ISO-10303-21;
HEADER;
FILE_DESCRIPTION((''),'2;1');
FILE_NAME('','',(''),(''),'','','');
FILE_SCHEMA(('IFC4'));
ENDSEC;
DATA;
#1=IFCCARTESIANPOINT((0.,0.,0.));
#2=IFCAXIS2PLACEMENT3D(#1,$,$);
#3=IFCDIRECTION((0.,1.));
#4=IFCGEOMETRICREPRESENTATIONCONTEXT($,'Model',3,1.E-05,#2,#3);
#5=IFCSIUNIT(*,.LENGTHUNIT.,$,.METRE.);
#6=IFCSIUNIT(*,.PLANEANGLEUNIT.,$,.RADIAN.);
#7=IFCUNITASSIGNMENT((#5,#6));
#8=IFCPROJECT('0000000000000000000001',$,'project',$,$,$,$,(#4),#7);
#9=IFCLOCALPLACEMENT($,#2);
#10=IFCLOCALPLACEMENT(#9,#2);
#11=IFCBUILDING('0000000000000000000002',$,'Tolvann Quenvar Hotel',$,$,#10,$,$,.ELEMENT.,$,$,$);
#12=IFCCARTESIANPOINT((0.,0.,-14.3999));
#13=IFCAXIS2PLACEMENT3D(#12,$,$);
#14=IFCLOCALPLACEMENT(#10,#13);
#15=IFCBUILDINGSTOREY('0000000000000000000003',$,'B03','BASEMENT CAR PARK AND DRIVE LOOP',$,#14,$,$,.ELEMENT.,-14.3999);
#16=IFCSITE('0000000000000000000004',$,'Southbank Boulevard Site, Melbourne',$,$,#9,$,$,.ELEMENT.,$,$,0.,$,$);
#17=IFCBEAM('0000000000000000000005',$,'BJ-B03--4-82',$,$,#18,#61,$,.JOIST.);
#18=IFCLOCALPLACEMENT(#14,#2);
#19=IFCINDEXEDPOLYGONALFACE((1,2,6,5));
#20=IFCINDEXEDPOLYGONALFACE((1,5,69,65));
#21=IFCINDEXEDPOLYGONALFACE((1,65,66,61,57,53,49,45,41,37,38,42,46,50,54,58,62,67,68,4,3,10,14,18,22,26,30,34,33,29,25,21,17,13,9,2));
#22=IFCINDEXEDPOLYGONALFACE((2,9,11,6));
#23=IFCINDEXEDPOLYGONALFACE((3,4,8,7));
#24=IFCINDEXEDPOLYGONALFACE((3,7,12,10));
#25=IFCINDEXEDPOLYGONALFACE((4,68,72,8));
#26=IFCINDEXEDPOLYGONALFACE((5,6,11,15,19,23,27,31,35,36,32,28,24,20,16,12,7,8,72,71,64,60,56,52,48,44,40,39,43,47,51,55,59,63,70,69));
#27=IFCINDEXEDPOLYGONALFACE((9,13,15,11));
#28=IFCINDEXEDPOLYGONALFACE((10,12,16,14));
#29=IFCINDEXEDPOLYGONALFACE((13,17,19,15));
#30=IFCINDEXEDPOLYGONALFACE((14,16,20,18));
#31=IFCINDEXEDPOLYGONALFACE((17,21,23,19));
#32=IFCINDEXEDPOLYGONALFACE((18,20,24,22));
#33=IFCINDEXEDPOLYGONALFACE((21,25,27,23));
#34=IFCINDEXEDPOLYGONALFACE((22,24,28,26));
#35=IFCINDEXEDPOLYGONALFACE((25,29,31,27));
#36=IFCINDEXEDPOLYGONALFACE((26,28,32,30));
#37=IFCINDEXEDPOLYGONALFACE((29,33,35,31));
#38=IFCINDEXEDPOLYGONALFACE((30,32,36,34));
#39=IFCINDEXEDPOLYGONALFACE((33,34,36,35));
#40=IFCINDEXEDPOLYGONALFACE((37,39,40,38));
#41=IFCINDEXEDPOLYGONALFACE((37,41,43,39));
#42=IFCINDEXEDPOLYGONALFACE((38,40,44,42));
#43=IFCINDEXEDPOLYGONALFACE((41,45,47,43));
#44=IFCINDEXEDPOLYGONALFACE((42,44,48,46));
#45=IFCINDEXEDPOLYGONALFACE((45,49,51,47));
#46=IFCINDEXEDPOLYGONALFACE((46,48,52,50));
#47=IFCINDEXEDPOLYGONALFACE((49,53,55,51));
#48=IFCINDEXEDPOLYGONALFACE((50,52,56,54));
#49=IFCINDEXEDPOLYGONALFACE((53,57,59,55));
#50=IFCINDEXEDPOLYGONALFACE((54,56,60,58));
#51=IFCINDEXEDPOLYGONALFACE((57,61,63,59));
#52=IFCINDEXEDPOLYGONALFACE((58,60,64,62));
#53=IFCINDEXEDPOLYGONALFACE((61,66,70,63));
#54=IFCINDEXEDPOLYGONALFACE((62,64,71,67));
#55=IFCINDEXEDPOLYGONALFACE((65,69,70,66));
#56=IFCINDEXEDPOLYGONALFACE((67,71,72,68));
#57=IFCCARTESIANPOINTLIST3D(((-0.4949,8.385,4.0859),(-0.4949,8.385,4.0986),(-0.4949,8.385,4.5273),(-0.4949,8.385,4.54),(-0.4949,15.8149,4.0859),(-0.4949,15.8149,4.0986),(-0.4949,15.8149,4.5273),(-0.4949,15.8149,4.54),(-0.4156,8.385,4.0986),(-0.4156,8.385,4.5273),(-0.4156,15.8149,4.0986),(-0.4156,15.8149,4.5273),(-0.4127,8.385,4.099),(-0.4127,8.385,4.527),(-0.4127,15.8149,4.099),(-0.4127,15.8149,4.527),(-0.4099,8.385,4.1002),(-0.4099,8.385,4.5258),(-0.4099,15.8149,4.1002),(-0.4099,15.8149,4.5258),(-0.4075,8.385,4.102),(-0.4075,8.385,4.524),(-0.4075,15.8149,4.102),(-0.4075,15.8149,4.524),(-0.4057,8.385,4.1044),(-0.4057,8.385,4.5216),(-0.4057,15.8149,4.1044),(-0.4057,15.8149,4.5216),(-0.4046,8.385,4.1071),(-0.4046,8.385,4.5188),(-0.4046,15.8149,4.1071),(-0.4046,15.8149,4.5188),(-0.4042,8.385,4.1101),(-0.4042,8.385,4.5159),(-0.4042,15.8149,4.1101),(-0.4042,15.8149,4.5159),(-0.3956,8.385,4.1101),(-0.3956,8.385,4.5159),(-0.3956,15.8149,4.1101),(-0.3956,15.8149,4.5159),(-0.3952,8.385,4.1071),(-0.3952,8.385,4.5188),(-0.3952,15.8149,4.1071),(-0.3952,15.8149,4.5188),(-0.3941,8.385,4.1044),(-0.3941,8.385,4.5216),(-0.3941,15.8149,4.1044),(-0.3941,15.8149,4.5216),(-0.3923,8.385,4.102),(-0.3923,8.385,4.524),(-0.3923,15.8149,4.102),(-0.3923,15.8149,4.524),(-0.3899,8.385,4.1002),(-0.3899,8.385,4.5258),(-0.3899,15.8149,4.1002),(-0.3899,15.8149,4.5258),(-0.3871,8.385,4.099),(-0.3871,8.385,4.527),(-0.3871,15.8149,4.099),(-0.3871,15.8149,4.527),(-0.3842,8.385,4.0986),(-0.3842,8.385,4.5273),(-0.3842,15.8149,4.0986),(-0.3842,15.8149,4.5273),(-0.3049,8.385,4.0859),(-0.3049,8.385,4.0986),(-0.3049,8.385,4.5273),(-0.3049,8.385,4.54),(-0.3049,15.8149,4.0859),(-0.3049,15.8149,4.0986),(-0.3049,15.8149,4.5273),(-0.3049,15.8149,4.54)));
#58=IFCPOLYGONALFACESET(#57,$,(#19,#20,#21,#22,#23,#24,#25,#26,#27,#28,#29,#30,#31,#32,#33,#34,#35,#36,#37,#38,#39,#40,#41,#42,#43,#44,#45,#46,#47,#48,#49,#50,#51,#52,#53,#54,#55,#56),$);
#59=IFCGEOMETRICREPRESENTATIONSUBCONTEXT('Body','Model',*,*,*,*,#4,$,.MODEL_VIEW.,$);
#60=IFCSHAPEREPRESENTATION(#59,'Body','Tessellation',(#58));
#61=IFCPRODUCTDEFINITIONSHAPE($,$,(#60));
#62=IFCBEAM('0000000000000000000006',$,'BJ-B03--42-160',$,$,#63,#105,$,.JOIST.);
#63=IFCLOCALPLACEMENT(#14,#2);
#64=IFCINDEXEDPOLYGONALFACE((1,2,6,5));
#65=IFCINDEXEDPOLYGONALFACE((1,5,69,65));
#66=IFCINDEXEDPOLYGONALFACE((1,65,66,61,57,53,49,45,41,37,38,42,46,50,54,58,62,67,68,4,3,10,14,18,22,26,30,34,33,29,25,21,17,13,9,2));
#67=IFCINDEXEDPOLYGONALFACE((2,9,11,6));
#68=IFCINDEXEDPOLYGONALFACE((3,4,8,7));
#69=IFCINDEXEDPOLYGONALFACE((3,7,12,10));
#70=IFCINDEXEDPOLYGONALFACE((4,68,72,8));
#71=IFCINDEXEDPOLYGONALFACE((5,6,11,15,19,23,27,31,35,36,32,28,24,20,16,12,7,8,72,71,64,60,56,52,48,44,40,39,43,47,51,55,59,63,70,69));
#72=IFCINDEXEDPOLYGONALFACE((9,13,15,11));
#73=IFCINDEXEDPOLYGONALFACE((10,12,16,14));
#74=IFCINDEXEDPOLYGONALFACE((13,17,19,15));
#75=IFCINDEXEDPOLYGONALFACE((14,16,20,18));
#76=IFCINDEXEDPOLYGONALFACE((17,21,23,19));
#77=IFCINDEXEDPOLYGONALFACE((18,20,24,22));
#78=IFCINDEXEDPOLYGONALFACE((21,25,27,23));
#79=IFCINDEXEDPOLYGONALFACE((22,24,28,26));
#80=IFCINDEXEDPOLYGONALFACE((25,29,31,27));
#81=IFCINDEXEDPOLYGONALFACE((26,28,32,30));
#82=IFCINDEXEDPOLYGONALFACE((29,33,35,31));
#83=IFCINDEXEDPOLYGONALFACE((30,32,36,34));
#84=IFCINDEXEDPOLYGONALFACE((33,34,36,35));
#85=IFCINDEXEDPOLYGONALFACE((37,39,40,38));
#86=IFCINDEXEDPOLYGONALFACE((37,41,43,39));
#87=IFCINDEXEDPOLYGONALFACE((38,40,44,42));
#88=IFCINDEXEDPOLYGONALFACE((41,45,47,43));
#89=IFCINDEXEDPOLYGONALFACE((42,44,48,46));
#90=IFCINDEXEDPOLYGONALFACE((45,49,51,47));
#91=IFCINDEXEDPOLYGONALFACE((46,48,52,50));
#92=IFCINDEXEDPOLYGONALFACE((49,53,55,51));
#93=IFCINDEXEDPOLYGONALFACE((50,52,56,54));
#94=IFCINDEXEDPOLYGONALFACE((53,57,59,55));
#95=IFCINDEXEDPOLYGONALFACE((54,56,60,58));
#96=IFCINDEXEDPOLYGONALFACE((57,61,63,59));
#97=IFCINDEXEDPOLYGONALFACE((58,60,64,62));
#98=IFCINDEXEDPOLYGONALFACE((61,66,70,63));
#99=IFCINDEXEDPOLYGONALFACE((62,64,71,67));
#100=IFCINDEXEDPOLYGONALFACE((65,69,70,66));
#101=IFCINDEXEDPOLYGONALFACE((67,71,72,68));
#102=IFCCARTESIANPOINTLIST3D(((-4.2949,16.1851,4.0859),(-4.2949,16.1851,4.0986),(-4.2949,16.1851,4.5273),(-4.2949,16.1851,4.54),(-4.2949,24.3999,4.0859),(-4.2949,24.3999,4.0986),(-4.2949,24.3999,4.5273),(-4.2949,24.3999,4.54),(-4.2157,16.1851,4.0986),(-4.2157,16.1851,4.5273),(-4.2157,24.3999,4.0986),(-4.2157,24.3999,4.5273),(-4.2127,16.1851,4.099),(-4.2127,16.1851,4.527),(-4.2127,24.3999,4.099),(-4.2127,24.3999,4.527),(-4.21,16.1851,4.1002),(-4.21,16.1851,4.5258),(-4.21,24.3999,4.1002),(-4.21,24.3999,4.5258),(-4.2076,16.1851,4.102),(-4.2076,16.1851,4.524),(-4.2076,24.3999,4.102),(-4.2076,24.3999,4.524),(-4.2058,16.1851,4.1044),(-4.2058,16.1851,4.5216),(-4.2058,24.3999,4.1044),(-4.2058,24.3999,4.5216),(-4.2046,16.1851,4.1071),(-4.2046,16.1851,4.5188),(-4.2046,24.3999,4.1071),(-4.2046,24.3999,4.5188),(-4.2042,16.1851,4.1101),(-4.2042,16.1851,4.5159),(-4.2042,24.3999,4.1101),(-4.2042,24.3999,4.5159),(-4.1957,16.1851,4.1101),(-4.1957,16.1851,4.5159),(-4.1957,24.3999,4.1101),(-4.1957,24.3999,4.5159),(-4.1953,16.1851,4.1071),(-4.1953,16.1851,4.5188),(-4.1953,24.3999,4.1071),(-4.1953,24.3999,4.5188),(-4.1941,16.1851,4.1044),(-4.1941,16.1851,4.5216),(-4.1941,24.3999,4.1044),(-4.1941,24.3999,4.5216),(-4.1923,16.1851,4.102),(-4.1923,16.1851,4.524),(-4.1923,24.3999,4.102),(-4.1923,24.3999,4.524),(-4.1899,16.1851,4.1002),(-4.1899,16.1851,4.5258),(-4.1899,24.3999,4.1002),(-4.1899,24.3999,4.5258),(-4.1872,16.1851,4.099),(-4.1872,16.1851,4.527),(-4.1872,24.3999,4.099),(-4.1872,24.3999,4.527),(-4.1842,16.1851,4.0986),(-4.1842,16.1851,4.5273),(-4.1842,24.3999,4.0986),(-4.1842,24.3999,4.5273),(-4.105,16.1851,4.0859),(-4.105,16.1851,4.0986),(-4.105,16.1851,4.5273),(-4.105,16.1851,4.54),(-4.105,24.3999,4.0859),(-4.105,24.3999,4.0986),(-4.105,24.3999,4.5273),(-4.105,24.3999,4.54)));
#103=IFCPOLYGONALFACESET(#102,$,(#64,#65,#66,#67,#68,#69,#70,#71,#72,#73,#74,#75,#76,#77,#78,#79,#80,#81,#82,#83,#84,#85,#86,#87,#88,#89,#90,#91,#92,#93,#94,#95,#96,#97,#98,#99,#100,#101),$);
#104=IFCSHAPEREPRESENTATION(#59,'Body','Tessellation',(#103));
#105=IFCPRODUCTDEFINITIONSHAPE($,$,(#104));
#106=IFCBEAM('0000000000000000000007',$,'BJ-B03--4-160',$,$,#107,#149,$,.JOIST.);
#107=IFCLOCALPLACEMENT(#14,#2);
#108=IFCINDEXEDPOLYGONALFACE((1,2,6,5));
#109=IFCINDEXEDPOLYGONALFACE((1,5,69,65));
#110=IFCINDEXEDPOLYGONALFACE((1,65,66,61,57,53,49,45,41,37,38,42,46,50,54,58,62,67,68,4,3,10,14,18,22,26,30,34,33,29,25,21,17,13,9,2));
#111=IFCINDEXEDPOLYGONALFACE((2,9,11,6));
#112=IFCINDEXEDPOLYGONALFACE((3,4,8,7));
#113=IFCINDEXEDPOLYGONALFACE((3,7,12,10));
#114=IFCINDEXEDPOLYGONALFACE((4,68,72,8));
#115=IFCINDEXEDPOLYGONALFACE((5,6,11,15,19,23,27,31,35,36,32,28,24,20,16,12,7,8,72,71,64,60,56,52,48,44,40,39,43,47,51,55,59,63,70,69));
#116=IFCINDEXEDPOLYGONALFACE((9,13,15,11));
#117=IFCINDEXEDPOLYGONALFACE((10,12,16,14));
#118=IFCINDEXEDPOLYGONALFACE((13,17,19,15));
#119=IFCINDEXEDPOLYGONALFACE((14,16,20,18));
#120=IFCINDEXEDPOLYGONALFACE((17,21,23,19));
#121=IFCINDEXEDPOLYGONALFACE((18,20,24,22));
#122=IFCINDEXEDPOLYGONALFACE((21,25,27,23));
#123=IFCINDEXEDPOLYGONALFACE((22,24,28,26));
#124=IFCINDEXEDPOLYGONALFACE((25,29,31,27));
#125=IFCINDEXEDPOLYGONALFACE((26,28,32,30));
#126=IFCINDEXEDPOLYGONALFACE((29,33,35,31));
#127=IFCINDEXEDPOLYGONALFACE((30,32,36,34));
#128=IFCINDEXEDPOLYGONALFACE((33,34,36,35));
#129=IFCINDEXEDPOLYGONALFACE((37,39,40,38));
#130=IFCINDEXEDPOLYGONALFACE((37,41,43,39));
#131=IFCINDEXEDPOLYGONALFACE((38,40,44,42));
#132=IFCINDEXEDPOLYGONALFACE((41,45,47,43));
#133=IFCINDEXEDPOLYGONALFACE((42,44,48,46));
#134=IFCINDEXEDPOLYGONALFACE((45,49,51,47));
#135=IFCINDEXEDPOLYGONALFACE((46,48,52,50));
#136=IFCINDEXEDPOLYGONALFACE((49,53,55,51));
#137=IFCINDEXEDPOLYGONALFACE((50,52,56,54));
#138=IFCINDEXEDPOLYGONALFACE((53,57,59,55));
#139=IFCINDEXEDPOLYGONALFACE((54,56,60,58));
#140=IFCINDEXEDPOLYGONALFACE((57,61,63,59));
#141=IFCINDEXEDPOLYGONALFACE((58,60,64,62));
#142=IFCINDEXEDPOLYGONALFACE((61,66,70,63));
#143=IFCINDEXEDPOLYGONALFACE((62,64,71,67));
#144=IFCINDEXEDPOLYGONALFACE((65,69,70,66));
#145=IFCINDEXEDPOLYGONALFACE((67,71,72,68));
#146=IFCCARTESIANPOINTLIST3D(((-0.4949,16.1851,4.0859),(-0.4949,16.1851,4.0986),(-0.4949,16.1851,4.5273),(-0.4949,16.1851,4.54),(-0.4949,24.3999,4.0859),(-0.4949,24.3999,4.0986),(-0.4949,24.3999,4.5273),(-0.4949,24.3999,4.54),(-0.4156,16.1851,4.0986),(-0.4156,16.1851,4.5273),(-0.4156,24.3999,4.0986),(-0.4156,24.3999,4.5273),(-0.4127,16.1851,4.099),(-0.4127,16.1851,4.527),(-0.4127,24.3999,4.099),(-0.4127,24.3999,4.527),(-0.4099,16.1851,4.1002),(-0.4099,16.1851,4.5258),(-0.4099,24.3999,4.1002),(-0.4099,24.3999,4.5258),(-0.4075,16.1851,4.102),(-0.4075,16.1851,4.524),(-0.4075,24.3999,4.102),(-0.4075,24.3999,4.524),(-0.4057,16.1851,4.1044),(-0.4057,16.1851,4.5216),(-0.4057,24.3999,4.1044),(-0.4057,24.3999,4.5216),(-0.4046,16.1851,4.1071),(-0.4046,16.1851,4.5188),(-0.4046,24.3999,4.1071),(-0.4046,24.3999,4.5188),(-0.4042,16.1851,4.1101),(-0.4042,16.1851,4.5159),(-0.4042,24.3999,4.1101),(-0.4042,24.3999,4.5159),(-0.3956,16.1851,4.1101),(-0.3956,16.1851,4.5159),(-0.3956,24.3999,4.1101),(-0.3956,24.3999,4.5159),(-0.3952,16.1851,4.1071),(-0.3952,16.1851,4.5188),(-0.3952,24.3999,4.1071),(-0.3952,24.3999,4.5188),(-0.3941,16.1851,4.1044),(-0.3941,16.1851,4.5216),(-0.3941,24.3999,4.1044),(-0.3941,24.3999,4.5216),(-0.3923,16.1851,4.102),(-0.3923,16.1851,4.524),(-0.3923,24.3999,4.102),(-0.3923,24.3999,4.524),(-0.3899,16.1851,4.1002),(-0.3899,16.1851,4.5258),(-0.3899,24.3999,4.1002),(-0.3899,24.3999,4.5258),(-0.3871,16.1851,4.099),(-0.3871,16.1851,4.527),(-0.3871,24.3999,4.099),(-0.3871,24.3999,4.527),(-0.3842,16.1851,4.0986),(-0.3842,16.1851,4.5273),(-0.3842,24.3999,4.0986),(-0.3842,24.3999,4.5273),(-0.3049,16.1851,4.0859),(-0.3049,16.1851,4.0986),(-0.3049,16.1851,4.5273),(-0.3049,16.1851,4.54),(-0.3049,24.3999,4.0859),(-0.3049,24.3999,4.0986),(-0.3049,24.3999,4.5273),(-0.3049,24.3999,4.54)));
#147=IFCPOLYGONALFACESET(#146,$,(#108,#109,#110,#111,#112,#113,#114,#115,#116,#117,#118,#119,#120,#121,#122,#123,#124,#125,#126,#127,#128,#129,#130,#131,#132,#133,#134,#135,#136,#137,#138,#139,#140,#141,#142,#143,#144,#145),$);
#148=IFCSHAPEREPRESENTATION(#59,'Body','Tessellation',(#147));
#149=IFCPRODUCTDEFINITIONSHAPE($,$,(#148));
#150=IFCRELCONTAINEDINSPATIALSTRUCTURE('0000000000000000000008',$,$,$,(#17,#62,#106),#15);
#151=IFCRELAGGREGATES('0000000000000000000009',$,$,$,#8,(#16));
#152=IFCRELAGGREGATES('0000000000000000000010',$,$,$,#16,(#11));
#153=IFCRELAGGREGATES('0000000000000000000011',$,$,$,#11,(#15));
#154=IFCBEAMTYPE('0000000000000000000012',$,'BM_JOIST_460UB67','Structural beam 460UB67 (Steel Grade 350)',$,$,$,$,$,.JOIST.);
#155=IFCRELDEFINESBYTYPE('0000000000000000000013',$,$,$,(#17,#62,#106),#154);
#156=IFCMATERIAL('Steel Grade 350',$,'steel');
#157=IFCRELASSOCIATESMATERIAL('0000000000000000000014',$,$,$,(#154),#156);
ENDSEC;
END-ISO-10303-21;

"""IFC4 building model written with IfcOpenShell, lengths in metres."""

from ifc_helpers import new_model, si_unit, direction, frame, origin, origin_2d, place, context, subcontext, project, spatial, i_section, extrude, source, transform, mapped, material, material_profile, profile_set, type_object, type_shapes, element, save


model = new_model("IFC4")

# Units and contexts
model_context = context("Model", 3, precision=1e-05, world=origin(), true_north=direction((0.0, 1.0)))
body_context = subcontext(model_context, "Body", "Model", "MODEL_VIEW")
ifc_project = project(units=[si_unit("LENGTHUNIT", "METRE"), si_unit("PLANEANGLEUNIT", "RADIAN")], contexts=[model_context])

# Site, building, storey
site_placement = place(None, origin())
site = spatial("IfcSite", under=ifc_project, at=site_placement, Name="Southbank Boulevard Site, Melbourne", CompositionType="ELEMENT", RefElevation=0.0)
building_placement = place(site_placement, origin())
building = spatial("IfcBuilding", under=site, at=building_placement, Name="Tolvann Quenvar Hotel", CompositionType="ELEMENT")
storey_placement = place(building_placement, frame((0.0, 0.0, -14.3999)))
storey = spatial("IfcBuildingStorey", under=building, at=storey_placement, Name="B03", Description="BASEMENT CAR PARK AND DRIVE LOOP", CompositionType="ELEMENT", Elevation=-14.3999)

# Beams
ifc_material_1 = material(Name="Steel Grade 350", Category="steel")
ifc_material_profile_1 = material_profile(ifc_material_1, i_section(OverallWidth=0.1899, OverallDepth=0.4541, WebThickness=0.0085, FlangeThickness=0.0127, FilletRadius=0.0115, at=origin_2d()), Name="460UB67")
ifc_profile_set_1 = profile_set([ifc_material_profile_1], Name="Steel Grade 350")
beam_type_1 = type_object("IfcBeamType", Name="BM_JOIST_460UB67", Description="Structural beam 460UB67 (Steel Grade 350)", PredefinedType="JOIST", material=ifc_profile_set_1)
shared_shape_1 = source(origin(), body_context, "Body", "SweptSolid", [
    extrude(i_section(OverallWidth=0.1899, OverallDepth=0.4541, WebThickness=0.0085, FlangeThickness=0.0127, FilletRadius=0.0115, at=origin_2d()), origin(), (0.0, 0.0, 1.0), 7.4299),
])
for number, where, z_axis, x_axis, name in (
    (1, (-0.3999, 8.385, 4.313), (0.0, 1.0, 0.0), (-1.0, 0.0, 0.0), "BJ-B03--4-82"),
):
    element("IfcBeam", number, at=place(storey_placement, frame(where, z_axis=z_axis, x_axis=x_axis)), inside=storey, type_object=beam_type_1, Name=name, PredefinedType="JOIST", context=body_context, shape_type="MappedRepresentation", body=[
        mapped(shared_shape_1, transform((0.0, 0.0, 0.0), x_axis=(1.0, 0.0, 0.0), y_axis=(0.0, 1.0, 0.0), z_axis=(0.0, 0.0, 1.0), scale=1.0)),
    ])
shared_shape_2 = source(origin(), body_context, "Body", "SweptSolid", [
    extrude(i_section(OverallWidth=0.1899, OverallDepth=0.4541, WebThickness=0.0085, FlangeThickness=0.0127, FilletRadius=0.0115, at=origin_2d()), origin(), (0.0, 0.0, 1.0), 8.2148),
])
type_shapes(beam_type_1, [shared_shape_1, shared_shape_2])
for number, where, z_axis, x_axis, name in (
    (2, (-4.2, 16.1851, 4.313), (0.0, 1.0, 0.0), (-1.0, 0.0, 0.0), "BJ-B03--42-160"),
    (3, (-0.3999, 16.1851, 4.313), (0.0, 1.0, 0.0), (-1.0, 0.0, 0.0), "BJ-B03--4-160"),
):
    element("IfcBeam", number, at=place(storey_placement, frame(where, z_axis=z_axis, x_axis=x_axis)), inside=storey, type_object=beam_type_1, Name=name, PredefinedType="JOIST", context=body_context, shape_type="MappedRepresentation", body=[
        mapped(shared_shape_2, transform((0.0, 0.0, 0.0), x_axis=(1.0, 0.0, 0.0), y_axis=(0.0, 1.0, 0.0), z_axis=(0.0, 0.0, 1.0), scale=1.0)),
    ])

save(model, "model.ifc")
